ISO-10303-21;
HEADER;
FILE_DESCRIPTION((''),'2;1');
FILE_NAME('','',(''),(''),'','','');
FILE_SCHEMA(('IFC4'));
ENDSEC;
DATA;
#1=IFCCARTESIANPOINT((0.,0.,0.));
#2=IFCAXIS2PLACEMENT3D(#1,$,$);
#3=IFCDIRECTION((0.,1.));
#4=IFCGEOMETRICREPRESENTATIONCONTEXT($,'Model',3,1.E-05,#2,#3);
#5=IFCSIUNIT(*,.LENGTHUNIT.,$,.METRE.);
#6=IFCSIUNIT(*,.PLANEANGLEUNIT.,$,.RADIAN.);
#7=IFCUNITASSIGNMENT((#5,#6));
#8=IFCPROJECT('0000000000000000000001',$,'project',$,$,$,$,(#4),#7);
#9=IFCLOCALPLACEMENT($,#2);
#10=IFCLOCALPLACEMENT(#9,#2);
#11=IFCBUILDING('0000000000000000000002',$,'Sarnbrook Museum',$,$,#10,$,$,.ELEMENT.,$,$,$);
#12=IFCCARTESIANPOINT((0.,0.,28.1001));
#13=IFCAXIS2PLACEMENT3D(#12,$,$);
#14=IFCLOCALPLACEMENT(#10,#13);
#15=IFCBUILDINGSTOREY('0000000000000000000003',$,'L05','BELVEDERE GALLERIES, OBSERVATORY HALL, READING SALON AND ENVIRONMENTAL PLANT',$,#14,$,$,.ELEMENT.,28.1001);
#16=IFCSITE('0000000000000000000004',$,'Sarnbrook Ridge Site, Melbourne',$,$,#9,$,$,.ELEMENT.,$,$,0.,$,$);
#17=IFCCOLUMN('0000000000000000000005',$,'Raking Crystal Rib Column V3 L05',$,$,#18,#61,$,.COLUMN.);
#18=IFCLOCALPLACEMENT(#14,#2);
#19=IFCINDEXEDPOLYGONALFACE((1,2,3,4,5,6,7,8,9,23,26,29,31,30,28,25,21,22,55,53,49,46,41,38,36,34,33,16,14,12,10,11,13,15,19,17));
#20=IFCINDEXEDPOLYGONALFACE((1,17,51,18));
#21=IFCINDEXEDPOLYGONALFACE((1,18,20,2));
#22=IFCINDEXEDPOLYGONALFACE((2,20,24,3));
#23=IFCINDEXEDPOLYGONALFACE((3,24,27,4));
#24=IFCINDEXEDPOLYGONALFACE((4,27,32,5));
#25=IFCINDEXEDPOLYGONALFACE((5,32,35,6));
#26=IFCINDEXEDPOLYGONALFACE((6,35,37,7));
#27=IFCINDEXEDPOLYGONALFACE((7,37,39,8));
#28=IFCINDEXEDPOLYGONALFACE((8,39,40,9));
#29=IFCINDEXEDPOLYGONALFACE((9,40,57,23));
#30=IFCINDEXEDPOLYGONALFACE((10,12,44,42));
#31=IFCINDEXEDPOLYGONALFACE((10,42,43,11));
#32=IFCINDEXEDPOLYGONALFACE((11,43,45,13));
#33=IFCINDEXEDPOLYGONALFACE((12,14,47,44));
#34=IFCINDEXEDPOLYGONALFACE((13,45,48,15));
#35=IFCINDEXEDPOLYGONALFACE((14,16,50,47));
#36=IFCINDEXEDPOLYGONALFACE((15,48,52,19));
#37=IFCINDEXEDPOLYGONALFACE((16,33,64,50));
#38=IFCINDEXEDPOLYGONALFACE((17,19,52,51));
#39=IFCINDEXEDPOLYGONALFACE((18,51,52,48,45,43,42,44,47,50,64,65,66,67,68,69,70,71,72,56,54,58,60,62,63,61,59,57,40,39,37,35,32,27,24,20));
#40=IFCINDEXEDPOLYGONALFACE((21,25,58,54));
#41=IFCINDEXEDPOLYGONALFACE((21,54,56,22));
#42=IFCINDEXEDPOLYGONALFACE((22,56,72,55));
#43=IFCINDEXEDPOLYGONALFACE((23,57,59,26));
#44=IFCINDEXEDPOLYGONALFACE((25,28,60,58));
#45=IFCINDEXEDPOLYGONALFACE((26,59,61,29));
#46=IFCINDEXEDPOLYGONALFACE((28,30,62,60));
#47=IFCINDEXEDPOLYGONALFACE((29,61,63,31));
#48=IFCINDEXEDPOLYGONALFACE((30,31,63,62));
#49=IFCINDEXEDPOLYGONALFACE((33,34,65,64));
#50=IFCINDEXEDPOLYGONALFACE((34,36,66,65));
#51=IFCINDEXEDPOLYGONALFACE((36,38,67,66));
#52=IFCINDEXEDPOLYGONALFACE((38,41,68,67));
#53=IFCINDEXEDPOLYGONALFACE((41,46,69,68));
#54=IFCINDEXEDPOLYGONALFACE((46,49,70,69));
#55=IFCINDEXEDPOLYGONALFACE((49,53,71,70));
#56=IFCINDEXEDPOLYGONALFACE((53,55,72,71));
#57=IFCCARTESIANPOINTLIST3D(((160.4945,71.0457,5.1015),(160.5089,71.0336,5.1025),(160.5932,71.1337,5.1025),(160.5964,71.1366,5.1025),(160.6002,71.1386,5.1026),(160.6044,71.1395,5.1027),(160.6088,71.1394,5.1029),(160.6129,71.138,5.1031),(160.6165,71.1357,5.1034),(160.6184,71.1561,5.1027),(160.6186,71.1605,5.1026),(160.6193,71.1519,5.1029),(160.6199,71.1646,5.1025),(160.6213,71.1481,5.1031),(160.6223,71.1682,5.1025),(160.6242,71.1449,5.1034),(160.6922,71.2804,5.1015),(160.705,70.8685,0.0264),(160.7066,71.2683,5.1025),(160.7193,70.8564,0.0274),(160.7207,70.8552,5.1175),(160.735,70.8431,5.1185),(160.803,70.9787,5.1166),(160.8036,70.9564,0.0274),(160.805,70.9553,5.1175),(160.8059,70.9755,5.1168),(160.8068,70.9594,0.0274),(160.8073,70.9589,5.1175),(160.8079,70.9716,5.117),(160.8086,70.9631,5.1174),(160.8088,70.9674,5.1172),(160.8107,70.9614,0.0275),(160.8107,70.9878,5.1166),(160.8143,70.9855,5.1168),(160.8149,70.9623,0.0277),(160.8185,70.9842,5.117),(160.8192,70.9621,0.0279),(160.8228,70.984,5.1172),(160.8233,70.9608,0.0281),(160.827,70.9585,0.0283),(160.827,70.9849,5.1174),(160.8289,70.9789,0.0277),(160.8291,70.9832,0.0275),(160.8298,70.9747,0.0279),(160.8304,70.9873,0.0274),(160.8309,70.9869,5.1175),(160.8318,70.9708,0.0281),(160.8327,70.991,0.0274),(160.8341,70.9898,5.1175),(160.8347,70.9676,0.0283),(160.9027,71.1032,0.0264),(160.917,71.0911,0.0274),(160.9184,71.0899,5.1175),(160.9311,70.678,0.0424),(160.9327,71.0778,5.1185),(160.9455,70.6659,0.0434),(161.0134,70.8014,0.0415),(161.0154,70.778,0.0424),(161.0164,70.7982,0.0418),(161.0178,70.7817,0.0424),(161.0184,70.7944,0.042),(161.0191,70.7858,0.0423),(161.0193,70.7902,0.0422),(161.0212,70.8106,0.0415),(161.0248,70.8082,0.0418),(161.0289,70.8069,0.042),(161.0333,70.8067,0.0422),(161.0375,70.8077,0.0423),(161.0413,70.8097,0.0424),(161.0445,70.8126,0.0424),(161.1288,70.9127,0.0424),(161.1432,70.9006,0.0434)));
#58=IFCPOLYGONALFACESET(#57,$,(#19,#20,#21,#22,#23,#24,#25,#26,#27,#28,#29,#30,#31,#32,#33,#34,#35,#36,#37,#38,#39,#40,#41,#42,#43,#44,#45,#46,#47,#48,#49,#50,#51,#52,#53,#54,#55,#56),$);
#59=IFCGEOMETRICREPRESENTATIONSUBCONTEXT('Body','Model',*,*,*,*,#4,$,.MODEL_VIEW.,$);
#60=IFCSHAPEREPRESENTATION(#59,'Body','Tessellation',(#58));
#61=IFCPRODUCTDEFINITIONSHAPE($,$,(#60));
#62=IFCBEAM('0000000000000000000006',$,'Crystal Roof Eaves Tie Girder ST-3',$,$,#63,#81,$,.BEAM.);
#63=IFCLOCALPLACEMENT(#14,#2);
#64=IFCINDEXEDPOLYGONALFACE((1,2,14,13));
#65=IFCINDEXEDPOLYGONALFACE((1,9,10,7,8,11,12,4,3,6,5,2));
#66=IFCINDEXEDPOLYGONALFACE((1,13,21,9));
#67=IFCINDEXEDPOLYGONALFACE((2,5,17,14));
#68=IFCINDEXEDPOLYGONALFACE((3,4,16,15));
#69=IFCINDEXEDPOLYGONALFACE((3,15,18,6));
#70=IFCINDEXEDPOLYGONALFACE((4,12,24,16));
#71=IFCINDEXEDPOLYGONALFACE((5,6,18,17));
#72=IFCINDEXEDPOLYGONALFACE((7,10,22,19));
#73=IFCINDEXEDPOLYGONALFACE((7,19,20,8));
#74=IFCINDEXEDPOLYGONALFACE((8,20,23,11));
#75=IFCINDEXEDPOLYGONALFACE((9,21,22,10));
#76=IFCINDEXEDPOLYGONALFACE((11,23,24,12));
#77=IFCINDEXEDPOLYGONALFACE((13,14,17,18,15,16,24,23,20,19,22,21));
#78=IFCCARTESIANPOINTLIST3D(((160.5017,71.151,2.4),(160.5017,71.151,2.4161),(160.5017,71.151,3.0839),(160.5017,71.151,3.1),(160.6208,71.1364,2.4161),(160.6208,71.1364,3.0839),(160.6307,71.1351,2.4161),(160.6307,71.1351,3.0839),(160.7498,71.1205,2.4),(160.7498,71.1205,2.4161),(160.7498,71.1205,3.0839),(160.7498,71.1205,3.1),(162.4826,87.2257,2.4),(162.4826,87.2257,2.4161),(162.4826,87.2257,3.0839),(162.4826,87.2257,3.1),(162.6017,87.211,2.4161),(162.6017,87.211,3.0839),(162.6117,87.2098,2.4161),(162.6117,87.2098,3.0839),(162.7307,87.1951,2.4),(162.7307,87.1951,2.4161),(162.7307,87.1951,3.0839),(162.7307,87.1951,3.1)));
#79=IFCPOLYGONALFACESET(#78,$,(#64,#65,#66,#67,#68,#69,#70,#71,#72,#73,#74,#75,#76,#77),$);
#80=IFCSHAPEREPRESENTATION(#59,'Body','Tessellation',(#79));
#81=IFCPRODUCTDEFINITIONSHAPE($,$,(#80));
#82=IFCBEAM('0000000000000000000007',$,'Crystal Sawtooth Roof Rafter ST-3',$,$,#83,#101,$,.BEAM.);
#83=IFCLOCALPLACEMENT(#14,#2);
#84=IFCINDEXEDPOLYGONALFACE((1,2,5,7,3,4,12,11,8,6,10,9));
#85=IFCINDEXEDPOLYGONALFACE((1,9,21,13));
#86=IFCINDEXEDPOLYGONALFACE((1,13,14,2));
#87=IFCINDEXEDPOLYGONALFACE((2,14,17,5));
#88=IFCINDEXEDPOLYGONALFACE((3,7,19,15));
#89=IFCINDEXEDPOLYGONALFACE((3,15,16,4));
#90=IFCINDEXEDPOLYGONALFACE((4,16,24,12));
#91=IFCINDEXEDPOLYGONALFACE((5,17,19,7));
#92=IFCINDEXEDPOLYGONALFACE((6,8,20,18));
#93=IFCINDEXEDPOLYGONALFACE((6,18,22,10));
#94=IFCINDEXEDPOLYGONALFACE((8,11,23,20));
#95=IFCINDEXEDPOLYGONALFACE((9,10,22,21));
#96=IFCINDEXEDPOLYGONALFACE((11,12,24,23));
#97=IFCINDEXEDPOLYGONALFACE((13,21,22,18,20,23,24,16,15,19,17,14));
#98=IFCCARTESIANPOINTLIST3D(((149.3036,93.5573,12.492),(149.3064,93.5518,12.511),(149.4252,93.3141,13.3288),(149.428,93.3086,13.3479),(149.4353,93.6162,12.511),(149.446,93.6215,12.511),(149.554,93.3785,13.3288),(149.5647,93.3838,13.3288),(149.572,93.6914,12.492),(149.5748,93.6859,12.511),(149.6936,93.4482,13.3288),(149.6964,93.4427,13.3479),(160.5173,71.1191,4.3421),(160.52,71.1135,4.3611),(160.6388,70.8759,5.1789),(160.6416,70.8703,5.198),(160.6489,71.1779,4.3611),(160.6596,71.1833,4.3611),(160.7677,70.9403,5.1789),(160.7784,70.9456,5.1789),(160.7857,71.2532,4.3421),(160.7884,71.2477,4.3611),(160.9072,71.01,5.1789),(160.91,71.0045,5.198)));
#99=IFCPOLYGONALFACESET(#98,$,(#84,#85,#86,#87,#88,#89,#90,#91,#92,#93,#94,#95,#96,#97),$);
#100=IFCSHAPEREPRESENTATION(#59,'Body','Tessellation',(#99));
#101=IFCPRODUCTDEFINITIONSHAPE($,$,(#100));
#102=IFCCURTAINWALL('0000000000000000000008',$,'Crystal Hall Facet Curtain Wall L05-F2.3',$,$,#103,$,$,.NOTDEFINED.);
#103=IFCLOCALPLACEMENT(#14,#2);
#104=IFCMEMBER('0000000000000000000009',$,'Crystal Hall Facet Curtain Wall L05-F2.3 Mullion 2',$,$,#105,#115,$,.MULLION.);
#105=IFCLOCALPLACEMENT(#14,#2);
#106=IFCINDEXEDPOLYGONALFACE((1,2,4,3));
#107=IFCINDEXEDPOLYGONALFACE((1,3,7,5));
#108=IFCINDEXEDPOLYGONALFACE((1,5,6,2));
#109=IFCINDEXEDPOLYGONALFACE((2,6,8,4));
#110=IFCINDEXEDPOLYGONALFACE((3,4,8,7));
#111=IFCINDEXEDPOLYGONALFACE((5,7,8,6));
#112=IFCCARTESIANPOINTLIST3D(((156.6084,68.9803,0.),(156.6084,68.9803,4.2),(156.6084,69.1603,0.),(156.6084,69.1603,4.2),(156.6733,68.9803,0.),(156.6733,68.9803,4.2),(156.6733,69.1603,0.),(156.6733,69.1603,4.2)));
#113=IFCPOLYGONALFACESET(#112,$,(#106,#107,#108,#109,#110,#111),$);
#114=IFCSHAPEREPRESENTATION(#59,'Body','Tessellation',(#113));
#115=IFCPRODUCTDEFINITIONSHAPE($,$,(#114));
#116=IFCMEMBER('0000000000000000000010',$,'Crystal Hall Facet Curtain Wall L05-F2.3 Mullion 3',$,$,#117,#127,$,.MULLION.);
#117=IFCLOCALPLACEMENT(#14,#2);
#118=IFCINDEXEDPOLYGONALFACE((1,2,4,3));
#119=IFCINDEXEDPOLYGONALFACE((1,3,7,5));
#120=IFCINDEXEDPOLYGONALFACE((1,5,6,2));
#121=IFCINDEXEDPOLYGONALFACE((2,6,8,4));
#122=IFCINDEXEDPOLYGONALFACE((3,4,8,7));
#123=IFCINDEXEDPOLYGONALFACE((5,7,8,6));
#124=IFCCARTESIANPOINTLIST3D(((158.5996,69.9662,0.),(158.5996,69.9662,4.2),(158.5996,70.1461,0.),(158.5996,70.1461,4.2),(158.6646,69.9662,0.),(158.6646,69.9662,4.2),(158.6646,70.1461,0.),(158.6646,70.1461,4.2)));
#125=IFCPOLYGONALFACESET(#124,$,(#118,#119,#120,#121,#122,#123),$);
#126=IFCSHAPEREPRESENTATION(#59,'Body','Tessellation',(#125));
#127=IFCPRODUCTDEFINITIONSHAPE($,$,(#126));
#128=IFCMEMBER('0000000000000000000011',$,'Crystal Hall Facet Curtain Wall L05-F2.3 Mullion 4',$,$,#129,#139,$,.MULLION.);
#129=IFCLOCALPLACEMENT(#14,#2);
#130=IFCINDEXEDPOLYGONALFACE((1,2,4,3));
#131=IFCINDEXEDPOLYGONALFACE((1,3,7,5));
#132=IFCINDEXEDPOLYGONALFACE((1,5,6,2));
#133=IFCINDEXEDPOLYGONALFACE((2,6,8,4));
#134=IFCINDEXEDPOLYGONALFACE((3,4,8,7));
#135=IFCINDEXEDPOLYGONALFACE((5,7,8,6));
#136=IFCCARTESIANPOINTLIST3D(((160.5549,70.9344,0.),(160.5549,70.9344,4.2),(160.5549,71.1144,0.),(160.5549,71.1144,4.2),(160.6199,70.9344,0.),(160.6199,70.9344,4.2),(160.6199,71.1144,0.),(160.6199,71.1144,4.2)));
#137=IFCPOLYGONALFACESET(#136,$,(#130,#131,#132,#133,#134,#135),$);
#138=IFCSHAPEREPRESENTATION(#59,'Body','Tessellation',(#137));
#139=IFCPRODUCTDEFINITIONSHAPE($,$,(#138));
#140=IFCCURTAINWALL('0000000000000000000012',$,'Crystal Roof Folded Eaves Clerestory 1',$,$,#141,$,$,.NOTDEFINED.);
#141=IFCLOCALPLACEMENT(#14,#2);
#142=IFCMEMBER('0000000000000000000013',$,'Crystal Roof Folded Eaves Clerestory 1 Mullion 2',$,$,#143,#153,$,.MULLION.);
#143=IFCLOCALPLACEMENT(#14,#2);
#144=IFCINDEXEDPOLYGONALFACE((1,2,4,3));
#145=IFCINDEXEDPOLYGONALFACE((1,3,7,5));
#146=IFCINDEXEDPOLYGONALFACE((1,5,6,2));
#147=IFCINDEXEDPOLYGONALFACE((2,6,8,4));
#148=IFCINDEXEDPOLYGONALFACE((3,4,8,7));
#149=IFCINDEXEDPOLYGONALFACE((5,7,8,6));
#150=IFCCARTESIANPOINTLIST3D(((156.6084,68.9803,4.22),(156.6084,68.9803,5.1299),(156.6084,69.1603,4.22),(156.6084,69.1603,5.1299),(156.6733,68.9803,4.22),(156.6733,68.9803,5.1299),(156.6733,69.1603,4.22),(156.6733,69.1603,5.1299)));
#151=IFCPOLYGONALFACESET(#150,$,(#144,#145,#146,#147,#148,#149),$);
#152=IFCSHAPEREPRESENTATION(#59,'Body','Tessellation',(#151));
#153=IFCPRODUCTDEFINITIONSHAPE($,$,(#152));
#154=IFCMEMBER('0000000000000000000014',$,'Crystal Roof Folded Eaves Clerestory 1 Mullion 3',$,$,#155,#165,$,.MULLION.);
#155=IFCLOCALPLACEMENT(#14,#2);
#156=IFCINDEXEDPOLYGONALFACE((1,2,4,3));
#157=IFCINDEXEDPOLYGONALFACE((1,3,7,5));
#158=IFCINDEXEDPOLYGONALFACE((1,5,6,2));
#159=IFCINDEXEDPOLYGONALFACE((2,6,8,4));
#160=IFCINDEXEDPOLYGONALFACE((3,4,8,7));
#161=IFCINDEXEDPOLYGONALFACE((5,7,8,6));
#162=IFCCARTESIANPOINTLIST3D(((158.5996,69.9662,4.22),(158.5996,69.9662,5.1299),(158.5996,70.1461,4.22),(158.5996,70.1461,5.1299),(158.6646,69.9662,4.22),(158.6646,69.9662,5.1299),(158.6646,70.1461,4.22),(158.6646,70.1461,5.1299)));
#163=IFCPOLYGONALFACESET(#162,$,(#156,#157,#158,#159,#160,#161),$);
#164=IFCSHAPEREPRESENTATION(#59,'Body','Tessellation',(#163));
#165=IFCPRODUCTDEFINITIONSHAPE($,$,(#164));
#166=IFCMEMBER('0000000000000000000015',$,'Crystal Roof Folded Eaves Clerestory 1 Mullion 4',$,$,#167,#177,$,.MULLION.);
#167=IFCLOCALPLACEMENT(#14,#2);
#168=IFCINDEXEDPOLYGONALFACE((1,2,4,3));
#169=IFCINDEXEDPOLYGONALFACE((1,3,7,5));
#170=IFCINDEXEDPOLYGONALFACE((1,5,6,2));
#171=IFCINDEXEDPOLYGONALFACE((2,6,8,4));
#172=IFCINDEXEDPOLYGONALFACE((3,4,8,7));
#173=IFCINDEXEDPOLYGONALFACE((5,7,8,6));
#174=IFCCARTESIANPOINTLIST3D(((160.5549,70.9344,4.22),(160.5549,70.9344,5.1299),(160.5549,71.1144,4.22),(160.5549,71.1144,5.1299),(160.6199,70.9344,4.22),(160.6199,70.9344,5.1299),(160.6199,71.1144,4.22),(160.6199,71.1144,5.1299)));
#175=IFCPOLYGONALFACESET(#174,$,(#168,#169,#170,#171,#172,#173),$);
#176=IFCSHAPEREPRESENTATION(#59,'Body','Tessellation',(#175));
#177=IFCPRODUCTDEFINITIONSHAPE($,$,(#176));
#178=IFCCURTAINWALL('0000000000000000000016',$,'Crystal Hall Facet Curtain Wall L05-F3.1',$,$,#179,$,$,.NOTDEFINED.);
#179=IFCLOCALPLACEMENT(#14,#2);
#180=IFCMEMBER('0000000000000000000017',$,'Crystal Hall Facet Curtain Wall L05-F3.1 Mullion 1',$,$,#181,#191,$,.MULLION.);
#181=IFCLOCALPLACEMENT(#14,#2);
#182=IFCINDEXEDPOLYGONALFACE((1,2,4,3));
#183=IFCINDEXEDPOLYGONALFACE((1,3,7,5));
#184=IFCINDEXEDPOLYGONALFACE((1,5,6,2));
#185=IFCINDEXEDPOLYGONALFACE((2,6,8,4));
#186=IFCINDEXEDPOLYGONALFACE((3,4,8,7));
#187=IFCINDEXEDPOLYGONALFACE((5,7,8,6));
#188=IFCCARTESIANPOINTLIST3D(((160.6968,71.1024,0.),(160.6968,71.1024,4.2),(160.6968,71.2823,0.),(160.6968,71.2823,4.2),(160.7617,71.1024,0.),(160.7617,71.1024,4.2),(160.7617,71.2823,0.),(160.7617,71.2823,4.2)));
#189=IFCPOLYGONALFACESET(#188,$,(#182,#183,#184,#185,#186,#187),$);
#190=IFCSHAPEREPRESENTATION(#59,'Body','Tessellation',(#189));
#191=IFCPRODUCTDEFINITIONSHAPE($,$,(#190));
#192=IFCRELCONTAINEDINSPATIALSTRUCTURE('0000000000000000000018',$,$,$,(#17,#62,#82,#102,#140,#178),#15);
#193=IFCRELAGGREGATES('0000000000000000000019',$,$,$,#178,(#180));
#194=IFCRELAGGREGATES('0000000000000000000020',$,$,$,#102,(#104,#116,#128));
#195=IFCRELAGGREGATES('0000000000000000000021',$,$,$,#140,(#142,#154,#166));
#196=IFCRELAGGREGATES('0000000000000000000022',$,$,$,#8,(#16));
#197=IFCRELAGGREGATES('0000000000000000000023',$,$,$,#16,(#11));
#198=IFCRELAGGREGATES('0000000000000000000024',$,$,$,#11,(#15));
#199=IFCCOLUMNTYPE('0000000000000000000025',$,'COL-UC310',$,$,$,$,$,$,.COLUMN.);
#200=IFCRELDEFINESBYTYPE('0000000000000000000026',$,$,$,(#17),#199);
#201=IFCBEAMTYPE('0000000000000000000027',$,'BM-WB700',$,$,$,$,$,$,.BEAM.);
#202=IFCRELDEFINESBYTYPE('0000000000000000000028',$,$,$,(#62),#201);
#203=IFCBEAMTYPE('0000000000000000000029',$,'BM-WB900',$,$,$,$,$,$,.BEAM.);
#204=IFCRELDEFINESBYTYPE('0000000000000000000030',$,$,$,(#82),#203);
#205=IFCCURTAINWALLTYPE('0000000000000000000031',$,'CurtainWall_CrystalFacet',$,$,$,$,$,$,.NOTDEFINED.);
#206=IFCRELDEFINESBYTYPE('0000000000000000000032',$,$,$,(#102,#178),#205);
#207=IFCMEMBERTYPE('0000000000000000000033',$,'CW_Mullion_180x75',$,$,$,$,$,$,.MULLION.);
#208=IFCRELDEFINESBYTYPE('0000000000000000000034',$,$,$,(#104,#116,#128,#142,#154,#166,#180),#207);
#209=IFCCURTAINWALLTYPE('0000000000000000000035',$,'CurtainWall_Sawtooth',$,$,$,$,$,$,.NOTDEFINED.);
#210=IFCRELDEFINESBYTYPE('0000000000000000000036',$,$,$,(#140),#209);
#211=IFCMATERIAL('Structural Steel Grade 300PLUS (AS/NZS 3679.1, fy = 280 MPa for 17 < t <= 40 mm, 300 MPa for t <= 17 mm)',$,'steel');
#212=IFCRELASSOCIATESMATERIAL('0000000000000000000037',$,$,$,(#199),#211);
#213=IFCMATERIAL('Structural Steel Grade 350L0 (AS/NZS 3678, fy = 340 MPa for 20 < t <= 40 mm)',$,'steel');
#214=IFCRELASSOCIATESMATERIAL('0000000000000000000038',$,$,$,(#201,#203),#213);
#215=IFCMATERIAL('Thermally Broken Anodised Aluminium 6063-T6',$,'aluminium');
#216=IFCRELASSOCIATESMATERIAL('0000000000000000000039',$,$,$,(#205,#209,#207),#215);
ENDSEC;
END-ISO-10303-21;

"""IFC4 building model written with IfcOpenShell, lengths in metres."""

from ifc_helpers import new_model, si_unit, direction, frame, origin, origin_2d, place, context, subcontext, project, spatial, rectangle, i_section, extrude, material, material_profile, profile_set, type_object, element, aggregate, save


model = new_model("IFC4")

# Units and contexts
model_context = context("Model", 3, precision=1e-05, world=origin(), true_north=direction((0.0, 1.0)))
body_context = subcontext(model_context, "Body", "Model", "MODEL_VIEW")
ifc_project = project(units=[si_unit("LENGTHUNIT", "METRE"), si_unit("PLANEANGLEUNIT", "RADIAN")], contexts=[model_context])

# Site, building, storey
site_placement = place(None, origin())
site = spatial("IfcSite", under=ifc_project, at=site_placement, Name="Sarnbrook Ridge Site, Melbourne", CompositionType="ELEMENT", RefElevation=0.0)
building_placement = place(site_placement, origin())
building = spatial("IfcBuilding", under=site, at=building_placement, Name="Sarnbrook Museum", CompositionType="ELEMENT")
storey_placement = place(building_placement, frame((0.0, 0.0, 28.1001)))
storey = spatial("IfcBuildingStorey", under=building, at=storey_placement, Name="L05", Description="BELVEDERE GALLERIES, OBSERVATORY HALL, READING SALON AND ENVIRONMENTAL PLANT", CompositionType="ELEMENT", Elevation=28.1001)

# Column
ifc_material_1 = material(Name="Structural Steel Grade 300PLUS (AS/NZS 3679.1, fy = 280 MPa for 17 < t <= 40 mm, 300 MPa for t <= 17 mm)", Category="steel")
ifc_material_profile_1 = material_profile(ifc_material_1, i_section(OverallWidth=0.3069, OverallDepth=0.3149, WebThickness=0.012, FlangeThickness=0.0188, FilletRadius=0.0166, at=origin_2d()), Name="310UC118")
ifc_profile_set_1 = profile_set([ifc_material_profile_1], Name="Structural Steel Grade 300PLUS (AS/NZS 3679.1, fy = 280 MPa for 17 < t <= 40 mm, 300 MPa for t <= 17 mm)")
column_type = type_object("IfcColumnType", Name="COL-UC310", PredefinedType="COLUMN", material=ifc_profile_set_1)
column_placement = place(storey_placement, frame((160.9241, 70.8845, 0.0349), z_axis=(-0.041407, 0.034874, 0.998534), x_axis=(-0.64419, -0.764865, 0.0)))
element("IfcColumn", 1, at=column_placement, inside=storey, type_object=column_type, Name="Raking Crystal Rib Column V3 L05", PredefinedType="COLUMN", context=body_context, shape_type="SweptSolid", body=[
    extrude(i_section(OverallWidth=0.3069, OverallDepth=0.3149, WebThickness=0.012, FlangeThickness=0.0188, FilletRadius=0.0166, at=origin_2d()), origin(), (0.0, 0.0, 1.0), 5.0825),
])

# Beams
ifc_material_2 = material(Name="Structural Steel Grade 350L0 (AS/NZS 3678, fy = 340 MPa for 20 < t <= 40 mm)", Category="steel")
ifc_material_profile_2 = material_profile(ifc_material_2, i_section(OverallWidth=0.25, OverallDepth=0.7, WebThickness=0.01, FlangeThickness=0.0161, at=origin_2d()), Name="700WB130")
ifc_profile_set_2 = profile_set([ifc_material_profile_2], Name="Structural Steel Grade 350L0 (AS/NZS 3678, fy = 340 MPa for 20 < t <= 40 mm)")
beam_type_1 = type_object("IfcBeamType", Name="BM-WB700", PredefinedType="BEAM", material=ifc_profile_set_2)
beam_1_placement = place(storey_placement, frame((160.6257, 71.1357, 2.75), z_axis=(0.122309, 0.992492, 0.0), x_axis=(-0.992492, 0.122309, 0.0)))
element("IfcBeam", 2, at=beam_1_placement, inside=storey, type_object=beam_type_1, Name="Crystal Roof Eaves Tie Girder ST-3", PredefinedType="BEAM", context=body_context, shape_type="SweptSolid", body=[
    extrude(i_section(OverallWidth=0.25, OverallDepth=0.7, WebThickness=0.01, FlangeThickness=0.0161, at=origin_2d()), origin(), (0.0, 0.0, 1.0), 16.1963),
])
ifc_material_profile_3 = material_profile(ifc_material_2, i_section(OverallWidth=0.3, OverallDepth=0.8999, WebThickness=0.012, FlangeThickness=0.02, at=origin_2d()), Name="900WB175")
ifc_profile_set_3 = profile_set([ifc_material_profile_3], Name="Structural Steel Grade 350L0 (AS/NZS 3678, fy = 340 MPa for 20 < t <= 40 mm)")
beam_type_2 = type_object("IfcBeamType", Name="BM-WB900", PredefinedType="BEAM", material=ifc_profile_set_3)
beam_2_placement = place(storey_placement, frame((160.7136, 71.0618, 4.77), z_axis=(-0.425161, 0.850739, 0.309001), x_axis=(-0.894515, -0.447038, 0.0)))
element("IfcBeam", 3, at=beam_2_placement, inside=storey, type_object=beam_type_2, Name="Crystal Sawtooth Roof Rafter ST-3", PredefinedType="BEAM", context=body_context, shape_type="SweptSolid", body=[
    extrude(i_section(OverallWidth=0.3, OverallDepth=0.8999, WebThickness=0.012, FlangeThickness=0.02, at=origin_2d()), origin(), (0.0, 0.0, 1.0), 26.375),
])

# Curtain walls, members
ifc_material_3 = material(Name="Thermally Broken Anodised Aluminium 6063-T6", Category="aluminium")
curtain_wall_type_1 = type_object("IfcCurtainWallType", Name="CurtainWall_CrystalFacet", PredefinedType="NOTDEFINED", material=ifc_material_3)
curtain_wall_1_placement = place(storey_placement, origin())
curtain_wall_1 = element("IfcCurtainWall", 4, at=curtain_wall_1_placement, inside=storey, type_object=curtain_wall_type_1, Name="Crystal Hall Facet Curtain Wall L05-F2.3", PredefinedType="NOTDEFINED")
ifc_material_profile_4 = material_profile(ifc_material_3, rectangle(XDim=0.0649, YDim=0.1799, at=origin_2d()), Name="ALU MULLION 65x180")
ifc_profile_set_4 = profile_set([ifc_material_profile_4], Name="Thermally Broken Anodised Aluminium 6063-T6")
member_type_1 = type_object("IfcMemberType", Name="CW_Mullion_180x75", PredefinedType="MULLION", material=ifc_profile_set_4)
member_1_placement = place(storey_placement, frame((156.6409, 69.0703, 0.0), z_axis=(0.0, 0.0, 1.0), x_axis=(1.0, 0.0, 0.0)))
member_1 = element("IfcMember", 5, at=member_1_placement, type_object=member_type_1, Name="Crystal Hall Facet Curtain Wall L05-F2.3 Mullion 2", PredefinedType="MULLION", context=body_context, shape_type="SweptSolid", body=[
    extrude(rectangle(XDim=0.0649, YDim=0.1799, at=origin_2d()), origin(), (0.0, 0.0, 1.0), 4.2),
])
member_2_placement = place(storey_placement, frame((158.6321, 70.0562, 0.0), z_axis=(0.0, 0.0, 1.0), x_axis=(1.0, 0.0, 0.0)))
member_2 = element("IfcMember", 6, at=member_2_placement, type_object=member_type_1, Name="Crystal Hall Facet Curtain Wall L05-F2.3 Mullion 3", PredefinedType="MULLION", context=body_context, shape_type="SweptSolid", body=[
    extrude(rectangle(XDim=0.0649, YDim=0.1799, at=origin_2d()), origin(), (0.0, 0.0, 1.0), 4.2),
])
member_3_placement = place(storey_placement, frame((160.5874, 71.0244, 0.0), z_axis=(0.0, 0.0, 1.0), x_axis=(1.0, 0.0, 0.0)))
member_3 = element("IfcMember", 7, at=member_3_placement, type_object=member_type_1, Name="Crystal Hall Facet Curtain Wall L05-F2.3 Mullion 4", PredefinedType="MULLION", context=body_context, shape_type="SweptSolid", body=[
    extrude(rectangle(XDim=0.0649, YDim=0.1799, at=origin_2d()), origin(), (0.0, 0.0, 1.0), 4.2),
])
curtain_wall_type_2 = type_object("IfcCurtainWallType", Name="CurtainWall_Sawtooth", PredefinedType="NOTDEFINED", material=ifc_material_3)
curtain_wall_2_placement = place(storey_placement, origin())
curtain_wall_2 = element("IfcCurtainWall", 8, at=curtain_wall_2_placement, inside=storey, type_object=curtain_wall_type_2, Name="Crystal Roof Folded Eaves Clerestory 1", PredefinedType="NOTDEFINED")
member_4_placement = place(storey_placement, frame((156.6409, 69.0703, 4.22), z_axis=(0.0, 0.0, 1.0), x_axis=(1.0, 0.0, 0.0)))
member_4 = element("IfcMember", 9, at=member_4_placement, type_object=member_type_1, Name="Crystal Roof Folded Eaves Clerestory 1 Mullion 2", PredefinedType="MULLION", context=body_context, shape_type="SweptSolid", body=[
    extrude(rectangle(XDim=0.0649, YDim=0.1799, at=origin_2d()), origin(), (0.0, 0.0, 1.0), 0.9099),
])
member_5_placement = place(storey_placement, frame((158.6321, 70.0562, 4.22), z_axis=(0.0, 0.0, 1.0), x_axis=(1.0, 0.0, 0.0)))
member_5 = element("IfcMember", 10, at=member_5_placement, type_object=member_type_1, Name="Crystal Roof Folded Eaves Clerestory 1 Mullion 3", PredefinedType="MULLION", context=body_context, shape_type="SweptSolid", body=[
    extrude(rectangle(XDim=0.0649, YDim=0.1799, at=origin_2d()), origin(), (0.0, 0.0, 1.0), 0.9099),
])
member_6_placement = place(storey_placement, frame((160.5874, 71.0244, 4.22), z_axis=(0.0, 0.0, 1.0), x_axis=(1.0, 0.0, 0.0)))
member_6 = element("IfcMember", 11, at=member_6_placement, type_object=member_type_1, Name="Crystal Roof Folded Eaves Clerestory 1 Mullion 4", PredefinedType="MULLION", context=body_context, shape_type="SweptSolid", body=[
    extrude(rectangle(XDim=0.0649, YDim=0.1799, at=origin_2d()), origin(), (0.0, 0.0, 1.0), 0.9099),
])

# Curtain wall, member
curtain_wall_3_placement = place(storey_placement, origin())
curtain_wall_3 = element("IfcCurtainWall", 12, at=curtain_wall_3_placement, inside=storey, type_object=curtain_wall_type_1, Name="Crystal Hall Facet Curtain Wall L05-F3.1", PredefinedType="NOTDEFINED")
member_7_placement = place(storey_placement, frame((160.7292, 71.1924, 0.0), z_axis=(0.0, 0.0, 1.0), x_axis=(1.0, 0.0, 0.0)))
member_7 = element("IfcMember", 13, at=member_7_placement, type_object=member_type_1, Name="Crystal Hall Facet Curtain Wall L05-F3.1 Mullion 1", PredefinedType="MULLION", context=body_context, shape_type="SweptSolid", body=[
    extrude(rectangle(XDim=0.0649, YDim=0.1799, at=origin_2d()), origin(), (0.0, 0.0, 1.0), 4.2),
])

aggregate(curtain_wall_3, [member_7])

aggregate(curtain_wall_1, [member_1, member_2, member_3])
aggregate(curtain_wall_2, [member_4, member_5, member_6])

save(model, "model.ifc")
